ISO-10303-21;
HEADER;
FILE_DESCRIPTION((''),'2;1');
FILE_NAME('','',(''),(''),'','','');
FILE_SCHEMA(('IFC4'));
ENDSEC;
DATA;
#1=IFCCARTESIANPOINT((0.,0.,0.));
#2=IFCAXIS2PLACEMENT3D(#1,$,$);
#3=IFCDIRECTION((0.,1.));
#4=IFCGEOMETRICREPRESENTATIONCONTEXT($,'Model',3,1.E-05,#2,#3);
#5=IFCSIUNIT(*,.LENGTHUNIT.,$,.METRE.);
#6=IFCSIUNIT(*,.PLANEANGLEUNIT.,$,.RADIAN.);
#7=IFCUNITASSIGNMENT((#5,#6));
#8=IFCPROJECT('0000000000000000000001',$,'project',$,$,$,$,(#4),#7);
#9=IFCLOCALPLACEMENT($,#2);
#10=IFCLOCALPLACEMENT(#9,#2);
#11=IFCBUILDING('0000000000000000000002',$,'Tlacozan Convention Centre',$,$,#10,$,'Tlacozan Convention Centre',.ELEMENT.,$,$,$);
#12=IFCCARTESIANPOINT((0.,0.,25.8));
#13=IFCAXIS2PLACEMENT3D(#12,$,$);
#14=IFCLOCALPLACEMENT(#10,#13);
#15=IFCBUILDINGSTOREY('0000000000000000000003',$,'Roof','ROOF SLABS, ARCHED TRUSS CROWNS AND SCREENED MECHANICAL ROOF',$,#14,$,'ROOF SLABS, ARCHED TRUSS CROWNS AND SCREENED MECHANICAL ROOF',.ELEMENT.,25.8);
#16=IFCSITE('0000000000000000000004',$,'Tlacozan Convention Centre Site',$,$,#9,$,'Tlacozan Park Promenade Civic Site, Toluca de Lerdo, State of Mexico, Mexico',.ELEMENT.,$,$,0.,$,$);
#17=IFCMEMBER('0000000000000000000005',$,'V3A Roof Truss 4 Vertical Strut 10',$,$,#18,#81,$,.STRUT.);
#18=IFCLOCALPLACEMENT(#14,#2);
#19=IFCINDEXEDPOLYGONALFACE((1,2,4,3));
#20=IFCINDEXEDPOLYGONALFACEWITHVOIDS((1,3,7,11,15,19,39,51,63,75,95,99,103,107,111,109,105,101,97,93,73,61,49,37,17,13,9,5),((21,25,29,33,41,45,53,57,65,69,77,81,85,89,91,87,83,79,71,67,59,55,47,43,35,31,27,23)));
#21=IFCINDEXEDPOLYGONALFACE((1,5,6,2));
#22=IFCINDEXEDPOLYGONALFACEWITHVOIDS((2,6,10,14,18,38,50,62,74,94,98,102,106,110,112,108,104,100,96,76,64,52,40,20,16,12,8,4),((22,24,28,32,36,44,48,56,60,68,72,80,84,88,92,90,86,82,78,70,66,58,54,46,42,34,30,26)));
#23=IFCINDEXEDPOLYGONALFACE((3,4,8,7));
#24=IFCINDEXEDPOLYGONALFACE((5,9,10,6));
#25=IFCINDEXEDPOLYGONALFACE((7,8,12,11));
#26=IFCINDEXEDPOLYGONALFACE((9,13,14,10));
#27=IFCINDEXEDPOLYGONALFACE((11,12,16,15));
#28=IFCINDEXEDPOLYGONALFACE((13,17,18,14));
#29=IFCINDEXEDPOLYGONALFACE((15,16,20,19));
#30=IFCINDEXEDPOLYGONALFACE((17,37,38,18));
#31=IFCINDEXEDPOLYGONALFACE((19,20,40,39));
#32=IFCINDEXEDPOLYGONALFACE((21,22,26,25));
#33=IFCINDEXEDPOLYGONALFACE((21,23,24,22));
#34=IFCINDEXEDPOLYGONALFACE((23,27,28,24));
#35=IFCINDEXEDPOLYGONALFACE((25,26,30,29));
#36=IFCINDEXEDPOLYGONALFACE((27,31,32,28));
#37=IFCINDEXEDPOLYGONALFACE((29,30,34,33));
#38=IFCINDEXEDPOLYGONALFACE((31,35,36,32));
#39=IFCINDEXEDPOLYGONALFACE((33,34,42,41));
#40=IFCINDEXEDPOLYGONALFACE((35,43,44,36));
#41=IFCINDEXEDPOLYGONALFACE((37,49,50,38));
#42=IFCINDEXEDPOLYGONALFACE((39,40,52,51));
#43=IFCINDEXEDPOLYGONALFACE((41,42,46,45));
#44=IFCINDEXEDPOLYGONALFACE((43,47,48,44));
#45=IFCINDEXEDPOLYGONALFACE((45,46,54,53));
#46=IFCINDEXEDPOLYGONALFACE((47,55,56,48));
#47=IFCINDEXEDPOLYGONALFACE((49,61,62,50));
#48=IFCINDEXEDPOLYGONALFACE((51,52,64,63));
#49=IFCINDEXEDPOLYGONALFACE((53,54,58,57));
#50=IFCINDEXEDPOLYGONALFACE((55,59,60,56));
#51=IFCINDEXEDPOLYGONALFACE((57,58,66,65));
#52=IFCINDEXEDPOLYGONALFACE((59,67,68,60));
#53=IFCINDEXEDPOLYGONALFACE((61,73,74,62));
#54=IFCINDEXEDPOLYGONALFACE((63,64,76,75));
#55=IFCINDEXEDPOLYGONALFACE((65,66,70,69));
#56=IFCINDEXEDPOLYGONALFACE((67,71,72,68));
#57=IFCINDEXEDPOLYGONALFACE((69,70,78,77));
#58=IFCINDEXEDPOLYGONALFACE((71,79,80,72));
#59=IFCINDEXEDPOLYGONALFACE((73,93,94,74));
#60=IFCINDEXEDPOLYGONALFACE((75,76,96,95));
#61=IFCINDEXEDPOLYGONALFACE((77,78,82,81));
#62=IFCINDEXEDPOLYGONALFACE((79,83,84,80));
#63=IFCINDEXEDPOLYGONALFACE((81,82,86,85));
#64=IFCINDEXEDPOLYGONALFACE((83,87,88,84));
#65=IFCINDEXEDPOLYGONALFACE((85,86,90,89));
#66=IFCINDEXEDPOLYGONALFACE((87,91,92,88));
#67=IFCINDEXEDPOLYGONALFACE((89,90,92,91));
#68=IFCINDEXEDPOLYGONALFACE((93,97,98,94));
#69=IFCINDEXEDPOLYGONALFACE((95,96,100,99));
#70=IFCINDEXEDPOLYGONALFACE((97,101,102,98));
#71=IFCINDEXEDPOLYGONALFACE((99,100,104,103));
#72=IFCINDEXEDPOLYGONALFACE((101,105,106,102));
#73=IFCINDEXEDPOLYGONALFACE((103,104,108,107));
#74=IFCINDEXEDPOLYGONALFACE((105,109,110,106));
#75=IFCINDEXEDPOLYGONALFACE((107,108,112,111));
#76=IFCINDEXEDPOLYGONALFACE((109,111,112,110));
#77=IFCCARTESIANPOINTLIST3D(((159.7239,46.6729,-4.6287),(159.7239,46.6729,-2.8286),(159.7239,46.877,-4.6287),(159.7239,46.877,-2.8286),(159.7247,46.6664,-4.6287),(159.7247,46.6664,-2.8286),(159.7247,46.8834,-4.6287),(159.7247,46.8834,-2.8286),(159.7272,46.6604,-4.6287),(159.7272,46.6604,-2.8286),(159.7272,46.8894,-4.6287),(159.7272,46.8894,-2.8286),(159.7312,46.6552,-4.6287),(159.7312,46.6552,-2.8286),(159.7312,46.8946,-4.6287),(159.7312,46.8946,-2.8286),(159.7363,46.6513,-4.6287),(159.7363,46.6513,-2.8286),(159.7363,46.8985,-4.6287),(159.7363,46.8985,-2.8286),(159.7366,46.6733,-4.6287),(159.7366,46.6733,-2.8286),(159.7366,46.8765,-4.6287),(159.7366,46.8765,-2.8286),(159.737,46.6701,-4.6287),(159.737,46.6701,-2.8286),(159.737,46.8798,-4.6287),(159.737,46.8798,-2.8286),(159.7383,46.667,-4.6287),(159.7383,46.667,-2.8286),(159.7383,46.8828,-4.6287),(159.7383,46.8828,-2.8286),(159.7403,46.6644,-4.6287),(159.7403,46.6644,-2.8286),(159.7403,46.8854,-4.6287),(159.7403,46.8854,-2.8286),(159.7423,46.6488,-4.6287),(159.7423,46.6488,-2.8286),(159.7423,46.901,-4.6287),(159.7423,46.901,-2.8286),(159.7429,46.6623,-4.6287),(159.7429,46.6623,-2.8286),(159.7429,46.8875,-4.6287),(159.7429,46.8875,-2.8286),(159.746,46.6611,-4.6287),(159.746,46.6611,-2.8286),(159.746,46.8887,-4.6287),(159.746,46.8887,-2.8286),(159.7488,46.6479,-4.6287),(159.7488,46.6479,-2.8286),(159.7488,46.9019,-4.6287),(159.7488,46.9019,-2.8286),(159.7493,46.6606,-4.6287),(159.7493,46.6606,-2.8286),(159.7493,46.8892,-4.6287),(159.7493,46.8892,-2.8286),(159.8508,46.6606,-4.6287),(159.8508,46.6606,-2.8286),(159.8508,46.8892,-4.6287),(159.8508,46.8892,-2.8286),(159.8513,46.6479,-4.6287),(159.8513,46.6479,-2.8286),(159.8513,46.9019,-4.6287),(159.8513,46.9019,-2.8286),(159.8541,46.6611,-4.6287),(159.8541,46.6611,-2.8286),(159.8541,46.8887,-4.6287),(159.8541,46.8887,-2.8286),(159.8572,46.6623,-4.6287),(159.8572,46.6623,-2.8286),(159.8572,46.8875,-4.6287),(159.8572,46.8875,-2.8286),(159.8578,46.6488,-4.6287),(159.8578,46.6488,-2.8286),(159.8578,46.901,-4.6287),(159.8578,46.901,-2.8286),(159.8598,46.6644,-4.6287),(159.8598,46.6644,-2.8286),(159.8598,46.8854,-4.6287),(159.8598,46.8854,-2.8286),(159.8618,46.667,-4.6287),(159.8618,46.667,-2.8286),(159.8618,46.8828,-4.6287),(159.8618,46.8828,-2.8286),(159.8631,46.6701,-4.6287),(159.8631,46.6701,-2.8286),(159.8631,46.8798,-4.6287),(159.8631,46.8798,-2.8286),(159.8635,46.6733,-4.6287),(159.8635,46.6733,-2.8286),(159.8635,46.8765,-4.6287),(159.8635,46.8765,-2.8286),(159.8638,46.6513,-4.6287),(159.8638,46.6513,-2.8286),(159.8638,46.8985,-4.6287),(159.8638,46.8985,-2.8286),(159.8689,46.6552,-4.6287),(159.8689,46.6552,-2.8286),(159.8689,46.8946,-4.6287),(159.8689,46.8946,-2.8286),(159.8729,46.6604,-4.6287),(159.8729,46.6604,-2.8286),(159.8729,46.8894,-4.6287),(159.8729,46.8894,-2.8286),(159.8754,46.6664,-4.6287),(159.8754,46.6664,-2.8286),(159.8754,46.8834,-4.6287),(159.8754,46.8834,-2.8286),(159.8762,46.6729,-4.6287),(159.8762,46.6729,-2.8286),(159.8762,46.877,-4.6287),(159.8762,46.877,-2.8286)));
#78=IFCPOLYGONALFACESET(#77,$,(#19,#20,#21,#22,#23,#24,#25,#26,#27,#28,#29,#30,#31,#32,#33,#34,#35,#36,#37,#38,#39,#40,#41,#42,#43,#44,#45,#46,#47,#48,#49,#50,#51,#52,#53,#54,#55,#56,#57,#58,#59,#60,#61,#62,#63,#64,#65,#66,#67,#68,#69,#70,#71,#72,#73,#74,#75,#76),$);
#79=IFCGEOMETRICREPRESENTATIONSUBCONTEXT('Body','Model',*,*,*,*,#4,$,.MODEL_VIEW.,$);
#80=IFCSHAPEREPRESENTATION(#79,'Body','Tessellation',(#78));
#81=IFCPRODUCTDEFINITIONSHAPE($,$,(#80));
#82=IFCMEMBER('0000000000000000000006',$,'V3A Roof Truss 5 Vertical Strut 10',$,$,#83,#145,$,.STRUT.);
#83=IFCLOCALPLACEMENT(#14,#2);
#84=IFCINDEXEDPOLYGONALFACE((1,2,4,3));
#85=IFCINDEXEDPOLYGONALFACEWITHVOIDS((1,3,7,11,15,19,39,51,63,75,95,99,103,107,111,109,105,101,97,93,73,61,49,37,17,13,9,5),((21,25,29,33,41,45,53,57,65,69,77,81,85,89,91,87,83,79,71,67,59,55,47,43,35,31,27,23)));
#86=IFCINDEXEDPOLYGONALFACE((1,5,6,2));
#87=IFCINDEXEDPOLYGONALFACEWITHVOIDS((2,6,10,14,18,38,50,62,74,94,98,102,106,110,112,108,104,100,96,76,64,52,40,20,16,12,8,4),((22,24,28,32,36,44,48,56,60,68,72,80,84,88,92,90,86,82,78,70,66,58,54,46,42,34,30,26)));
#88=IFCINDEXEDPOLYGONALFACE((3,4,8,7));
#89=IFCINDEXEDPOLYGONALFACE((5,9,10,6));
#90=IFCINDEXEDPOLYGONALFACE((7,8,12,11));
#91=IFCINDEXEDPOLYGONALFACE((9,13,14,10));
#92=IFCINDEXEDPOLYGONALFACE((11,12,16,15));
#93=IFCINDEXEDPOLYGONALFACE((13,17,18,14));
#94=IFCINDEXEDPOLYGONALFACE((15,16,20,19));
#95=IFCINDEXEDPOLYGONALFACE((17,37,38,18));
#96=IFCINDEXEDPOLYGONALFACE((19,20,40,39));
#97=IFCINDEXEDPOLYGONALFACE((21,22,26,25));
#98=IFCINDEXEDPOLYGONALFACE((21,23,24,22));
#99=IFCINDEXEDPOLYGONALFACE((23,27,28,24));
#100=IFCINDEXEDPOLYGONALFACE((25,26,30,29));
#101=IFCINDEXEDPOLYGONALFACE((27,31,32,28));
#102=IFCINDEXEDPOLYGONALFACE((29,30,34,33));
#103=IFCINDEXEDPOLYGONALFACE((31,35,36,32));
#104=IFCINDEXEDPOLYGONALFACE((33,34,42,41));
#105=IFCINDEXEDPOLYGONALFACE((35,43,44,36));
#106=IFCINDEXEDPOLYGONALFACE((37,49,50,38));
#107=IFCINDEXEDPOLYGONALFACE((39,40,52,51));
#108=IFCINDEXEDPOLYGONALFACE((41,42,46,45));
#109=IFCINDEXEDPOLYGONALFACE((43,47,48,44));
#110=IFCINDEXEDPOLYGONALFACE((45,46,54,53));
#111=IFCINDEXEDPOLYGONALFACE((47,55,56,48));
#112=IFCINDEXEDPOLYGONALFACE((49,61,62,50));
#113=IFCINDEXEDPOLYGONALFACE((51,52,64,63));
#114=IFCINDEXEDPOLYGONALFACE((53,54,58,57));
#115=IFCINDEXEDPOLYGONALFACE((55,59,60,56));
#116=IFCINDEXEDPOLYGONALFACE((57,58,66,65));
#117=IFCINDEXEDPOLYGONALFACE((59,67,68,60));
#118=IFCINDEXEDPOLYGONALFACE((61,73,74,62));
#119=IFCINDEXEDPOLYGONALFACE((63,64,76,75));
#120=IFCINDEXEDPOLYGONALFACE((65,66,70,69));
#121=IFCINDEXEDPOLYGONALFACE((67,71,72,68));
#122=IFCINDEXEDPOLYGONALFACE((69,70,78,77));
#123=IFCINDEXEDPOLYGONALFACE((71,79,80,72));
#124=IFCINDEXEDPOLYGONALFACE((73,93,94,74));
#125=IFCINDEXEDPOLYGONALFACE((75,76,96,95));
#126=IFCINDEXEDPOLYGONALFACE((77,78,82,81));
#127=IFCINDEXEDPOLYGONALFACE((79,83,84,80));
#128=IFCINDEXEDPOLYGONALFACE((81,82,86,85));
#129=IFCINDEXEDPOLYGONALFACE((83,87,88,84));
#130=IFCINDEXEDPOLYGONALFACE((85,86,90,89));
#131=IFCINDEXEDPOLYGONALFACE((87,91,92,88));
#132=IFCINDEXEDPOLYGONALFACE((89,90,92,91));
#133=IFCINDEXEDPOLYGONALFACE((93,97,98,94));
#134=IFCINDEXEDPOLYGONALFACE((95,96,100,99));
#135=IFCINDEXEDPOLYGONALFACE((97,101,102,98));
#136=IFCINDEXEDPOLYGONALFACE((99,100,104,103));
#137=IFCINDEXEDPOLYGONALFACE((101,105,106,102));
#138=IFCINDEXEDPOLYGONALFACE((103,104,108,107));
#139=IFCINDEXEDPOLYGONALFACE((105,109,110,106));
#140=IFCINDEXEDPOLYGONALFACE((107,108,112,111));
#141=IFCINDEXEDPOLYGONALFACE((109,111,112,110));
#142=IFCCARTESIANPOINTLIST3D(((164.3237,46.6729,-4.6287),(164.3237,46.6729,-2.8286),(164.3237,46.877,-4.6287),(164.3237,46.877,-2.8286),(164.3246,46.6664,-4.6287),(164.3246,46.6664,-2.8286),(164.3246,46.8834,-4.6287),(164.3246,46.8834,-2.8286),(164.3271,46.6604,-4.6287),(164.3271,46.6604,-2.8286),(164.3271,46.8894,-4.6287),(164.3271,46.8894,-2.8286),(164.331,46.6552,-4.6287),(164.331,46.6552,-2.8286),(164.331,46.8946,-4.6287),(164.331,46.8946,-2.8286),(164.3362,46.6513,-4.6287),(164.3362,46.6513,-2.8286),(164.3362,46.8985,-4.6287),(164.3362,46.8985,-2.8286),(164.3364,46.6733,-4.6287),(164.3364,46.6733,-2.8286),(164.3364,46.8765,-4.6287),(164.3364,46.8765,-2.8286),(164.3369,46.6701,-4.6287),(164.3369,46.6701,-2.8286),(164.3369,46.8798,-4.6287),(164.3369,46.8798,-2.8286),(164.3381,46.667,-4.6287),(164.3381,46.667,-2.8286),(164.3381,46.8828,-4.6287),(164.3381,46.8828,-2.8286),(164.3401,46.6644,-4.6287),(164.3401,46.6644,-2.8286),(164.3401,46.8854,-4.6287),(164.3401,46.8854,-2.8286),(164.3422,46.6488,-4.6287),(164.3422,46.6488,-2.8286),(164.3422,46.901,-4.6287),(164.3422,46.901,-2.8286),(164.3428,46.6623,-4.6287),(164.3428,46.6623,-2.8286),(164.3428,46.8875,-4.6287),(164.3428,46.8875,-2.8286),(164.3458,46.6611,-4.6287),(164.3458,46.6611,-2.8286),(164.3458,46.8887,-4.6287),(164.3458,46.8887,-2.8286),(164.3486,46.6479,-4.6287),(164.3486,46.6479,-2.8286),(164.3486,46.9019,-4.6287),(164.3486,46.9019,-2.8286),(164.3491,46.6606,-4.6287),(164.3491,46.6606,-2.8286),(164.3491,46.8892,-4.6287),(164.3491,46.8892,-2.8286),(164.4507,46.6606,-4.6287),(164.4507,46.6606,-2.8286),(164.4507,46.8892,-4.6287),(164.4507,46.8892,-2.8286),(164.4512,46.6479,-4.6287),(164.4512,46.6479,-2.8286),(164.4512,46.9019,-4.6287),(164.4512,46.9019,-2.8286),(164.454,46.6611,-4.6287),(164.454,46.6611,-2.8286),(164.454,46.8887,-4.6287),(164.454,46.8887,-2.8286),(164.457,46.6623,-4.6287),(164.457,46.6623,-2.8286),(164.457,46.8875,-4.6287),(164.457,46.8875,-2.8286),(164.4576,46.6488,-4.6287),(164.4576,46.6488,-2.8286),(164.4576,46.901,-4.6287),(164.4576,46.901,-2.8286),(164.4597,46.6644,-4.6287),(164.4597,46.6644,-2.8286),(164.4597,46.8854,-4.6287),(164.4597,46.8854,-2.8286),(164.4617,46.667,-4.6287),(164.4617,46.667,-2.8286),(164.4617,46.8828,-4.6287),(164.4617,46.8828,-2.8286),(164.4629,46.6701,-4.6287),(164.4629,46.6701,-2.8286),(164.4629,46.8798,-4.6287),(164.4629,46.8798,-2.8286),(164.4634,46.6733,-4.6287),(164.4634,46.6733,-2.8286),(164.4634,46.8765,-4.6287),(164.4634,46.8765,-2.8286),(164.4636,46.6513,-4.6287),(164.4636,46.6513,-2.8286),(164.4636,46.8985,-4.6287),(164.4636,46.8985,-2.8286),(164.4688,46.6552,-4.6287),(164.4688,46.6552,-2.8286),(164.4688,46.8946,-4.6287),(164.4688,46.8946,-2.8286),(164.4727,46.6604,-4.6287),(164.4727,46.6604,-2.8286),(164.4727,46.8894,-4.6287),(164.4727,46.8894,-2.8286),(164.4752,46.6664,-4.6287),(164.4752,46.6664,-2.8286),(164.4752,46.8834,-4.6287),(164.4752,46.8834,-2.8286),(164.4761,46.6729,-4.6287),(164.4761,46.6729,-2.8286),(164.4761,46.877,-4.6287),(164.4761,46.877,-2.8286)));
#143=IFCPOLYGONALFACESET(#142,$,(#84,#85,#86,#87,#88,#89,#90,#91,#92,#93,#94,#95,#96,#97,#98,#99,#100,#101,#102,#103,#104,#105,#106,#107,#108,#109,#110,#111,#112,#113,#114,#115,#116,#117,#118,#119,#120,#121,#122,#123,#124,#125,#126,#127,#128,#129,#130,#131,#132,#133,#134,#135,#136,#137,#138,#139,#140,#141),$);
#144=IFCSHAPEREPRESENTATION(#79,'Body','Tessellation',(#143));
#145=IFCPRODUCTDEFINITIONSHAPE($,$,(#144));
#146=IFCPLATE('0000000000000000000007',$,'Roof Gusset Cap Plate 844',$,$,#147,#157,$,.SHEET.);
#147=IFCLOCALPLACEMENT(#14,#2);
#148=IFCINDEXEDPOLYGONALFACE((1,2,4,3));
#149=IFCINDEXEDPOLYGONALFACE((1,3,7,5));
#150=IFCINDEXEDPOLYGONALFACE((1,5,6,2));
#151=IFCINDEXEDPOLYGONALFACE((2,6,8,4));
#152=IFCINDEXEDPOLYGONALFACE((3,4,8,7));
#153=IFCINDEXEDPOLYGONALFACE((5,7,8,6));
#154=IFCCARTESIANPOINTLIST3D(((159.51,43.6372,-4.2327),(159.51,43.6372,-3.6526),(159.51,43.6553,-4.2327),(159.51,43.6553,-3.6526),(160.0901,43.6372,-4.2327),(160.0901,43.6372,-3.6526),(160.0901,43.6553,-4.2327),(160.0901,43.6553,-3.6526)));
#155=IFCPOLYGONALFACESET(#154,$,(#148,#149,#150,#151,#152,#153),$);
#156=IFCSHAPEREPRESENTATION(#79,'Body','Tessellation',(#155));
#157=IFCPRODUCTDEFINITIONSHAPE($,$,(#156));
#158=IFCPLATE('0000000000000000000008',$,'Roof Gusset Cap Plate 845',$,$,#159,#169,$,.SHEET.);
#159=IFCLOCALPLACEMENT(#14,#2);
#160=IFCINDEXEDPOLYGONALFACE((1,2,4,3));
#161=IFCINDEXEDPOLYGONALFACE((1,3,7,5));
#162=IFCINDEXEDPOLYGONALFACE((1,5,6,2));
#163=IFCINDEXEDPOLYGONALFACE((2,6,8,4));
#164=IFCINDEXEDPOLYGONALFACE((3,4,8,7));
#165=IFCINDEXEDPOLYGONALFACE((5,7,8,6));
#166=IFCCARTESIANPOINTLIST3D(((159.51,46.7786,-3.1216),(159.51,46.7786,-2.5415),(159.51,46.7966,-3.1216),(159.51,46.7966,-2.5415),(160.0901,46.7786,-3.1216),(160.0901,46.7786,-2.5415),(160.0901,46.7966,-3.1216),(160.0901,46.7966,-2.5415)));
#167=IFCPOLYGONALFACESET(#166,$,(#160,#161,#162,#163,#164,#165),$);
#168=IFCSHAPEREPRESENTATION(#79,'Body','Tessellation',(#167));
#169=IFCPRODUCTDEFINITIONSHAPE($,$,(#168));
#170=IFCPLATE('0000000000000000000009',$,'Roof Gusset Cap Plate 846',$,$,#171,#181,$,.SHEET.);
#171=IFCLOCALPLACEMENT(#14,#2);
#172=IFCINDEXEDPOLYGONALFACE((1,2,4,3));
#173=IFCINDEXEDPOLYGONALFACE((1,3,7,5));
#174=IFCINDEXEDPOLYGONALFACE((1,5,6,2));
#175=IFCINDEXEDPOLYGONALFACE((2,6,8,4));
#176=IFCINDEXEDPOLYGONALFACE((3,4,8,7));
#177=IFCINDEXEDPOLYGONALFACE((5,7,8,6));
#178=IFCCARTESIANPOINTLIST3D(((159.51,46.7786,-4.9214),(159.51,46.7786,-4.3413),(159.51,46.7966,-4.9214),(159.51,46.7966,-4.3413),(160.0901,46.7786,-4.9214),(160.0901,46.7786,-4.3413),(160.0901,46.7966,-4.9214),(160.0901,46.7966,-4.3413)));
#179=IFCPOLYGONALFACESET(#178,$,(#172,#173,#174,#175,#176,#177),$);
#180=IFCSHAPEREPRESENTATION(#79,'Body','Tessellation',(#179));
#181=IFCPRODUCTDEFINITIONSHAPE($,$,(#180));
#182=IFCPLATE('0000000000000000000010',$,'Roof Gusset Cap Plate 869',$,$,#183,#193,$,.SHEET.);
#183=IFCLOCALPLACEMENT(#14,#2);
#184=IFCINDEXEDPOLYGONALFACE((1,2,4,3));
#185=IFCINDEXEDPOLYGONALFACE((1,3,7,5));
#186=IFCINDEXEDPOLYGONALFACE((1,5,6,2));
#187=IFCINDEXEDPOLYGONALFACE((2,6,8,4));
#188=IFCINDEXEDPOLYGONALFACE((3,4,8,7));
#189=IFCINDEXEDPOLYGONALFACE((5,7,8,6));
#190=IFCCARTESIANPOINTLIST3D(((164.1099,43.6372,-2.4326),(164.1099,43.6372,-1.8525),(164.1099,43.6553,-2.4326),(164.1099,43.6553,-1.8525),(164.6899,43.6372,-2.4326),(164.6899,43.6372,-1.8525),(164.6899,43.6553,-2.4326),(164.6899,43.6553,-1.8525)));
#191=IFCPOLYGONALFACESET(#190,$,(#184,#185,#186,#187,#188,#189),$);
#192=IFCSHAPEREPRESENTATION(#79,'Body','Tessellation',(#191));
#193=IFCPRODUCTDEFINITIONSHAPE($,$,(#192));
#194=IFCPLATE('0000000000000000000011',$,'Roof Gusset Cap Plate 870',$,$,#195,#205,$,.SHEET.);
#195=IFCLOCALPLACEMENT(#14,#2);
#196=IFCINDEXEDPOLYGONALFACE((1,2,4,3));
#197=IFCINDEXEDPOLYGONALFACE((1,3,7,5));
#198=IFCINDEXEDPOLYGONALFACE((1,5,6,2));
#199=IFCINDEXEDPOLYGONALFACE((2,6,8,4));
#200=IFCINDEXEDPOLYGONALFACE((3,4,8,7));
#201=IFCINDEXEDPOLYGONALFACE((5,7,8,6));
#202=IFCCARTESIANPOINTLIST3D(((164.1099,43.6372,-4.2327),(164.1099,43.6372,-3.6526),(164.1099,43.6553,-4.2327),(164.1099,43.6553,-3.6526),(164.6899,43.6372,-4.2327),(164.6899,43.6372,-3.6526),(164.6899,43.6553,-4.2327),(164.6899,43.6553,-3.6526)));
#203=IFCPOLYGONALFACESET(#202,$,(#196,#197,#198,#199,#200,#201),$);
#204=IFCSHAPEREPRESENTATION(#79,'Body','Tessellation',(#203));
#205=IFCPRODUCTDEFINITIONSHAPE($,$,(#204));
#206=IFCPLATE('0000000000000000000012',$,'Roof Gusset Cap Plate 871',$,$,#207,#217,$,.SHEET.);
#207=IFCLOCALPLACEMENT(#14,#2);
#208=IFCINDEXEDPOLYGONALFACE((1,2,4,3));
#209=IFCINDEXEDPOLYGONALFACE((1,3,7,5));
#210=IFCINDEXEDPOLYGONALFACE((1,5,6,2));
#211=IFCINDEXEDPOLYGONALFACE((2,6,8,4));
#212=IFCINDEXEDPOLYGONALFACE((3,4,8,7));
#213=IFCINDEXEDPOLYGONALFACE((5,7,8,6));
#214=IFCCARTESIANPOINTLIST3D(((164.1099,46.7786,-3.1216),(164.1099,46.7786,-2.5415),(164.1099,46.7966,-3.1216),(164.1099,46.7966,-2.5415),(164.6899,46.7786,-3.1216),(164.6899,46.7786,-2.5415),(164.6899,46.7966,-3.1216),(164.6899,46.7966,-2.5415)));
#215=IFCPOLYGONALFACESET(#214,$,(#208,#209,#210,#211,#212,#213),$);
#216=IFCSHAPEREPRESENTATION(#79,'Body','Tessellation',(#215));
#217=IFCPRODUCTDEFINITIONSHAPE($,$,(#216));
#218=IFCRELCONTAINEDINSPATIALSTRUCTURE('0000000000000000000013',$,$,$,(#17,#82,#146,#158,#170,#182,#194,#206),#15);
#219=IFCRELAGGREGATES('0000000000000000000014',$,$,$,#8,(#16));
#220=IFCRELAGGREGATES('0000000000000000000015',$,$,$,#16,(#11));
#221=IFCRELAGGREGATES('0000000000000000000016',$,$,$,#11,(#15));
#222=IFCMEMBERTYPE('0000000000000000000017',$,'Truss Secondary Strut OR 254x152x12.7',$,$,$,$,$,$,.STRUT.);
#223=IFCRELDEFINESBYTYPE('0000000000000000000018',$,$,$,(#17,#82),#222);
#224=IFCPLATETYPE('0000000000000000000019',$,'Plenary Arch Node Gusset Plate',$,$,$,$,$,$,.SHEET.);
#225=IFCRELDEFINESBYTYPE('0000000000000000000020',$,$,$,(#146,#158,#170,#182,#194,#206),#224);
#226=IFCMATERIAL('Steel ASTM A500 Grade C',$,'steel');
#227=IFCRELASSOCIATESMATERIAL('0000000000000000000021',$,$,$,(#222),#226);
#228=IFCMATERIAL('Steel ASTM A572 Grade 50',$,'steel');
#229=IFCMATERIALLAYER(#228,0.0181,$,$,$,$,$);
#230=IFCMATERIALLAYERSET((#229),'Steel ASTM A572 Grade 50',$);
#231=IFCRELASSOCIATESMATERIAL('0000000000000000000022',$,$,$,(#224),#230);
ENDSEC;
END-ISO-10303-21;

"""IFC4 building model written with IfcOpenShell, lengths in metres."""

from ifc_helpers import new_model, si_unit, direction, frame, origin, origin_2d, place, context, subcontext, project, spatial, rectangle, hollow_rectangle, extrude, material, layer, layer_set, material_profile, profile_set, type_object, element, save


model = new_model("IFC4")

# Units and contexts
model_context = context("Model", 3, precision=1e-05, world=origin(), true_north=direction((0.0, 1.0)))
body_context = subcontext(model_context, "Body", "Model", "MODEL_VIEW")
ifc_project = project(units=[si_unit("LENGTHUNIT", "METRE"), si_unit("PLANEANGLEUNIT", "RADIAN")], contexts=[model_context])

# Site, building, storey
site_placement = place(None, origin())
site = spatial("IfcSite", under=ifc_project, at=site_placement, Name="Tlacozan Convention Centre Site", LongName="Tlacozan Park Promenade Civic Site, Toluca de Lerdo, State of Mexico, Mexico", CompositionType="ELEMENT", RefElevation=0.0)
building_placement = place(site_placement, origin())
building = spatial("IfcBuilding", under=site, at=building_placement, Name="Tlacozan Convention Centre", LongName="Tlacozan Convention Centre", CompositionType="ELEMENT")
storey_placement = place(building_placement, frame((0.0, 0.0, 25.8)))
storey = spatial("IfcBuildingStorey", under=building, at=storey_placement, Name="Roof", Description="ROOF SLABS, ARCHED TRUSS CROWNS AND SCREENED MECHANICAL ROOF", LongName="ROOF SLABS, ARCHED TRUSS CROWNS AND SCREENED MECHANICAL ROOF", CompositionType="ELEMENT", Elevation=25.8)

# Members
ifc_material_1 = material(Name="Steel ASTM A500 Grade C", Category="steel")
ifc_material_profile_1 = material_profile(ifc_material_1, hollow_rectangle(XDim=0.1523, YDim=0.2539, WallThickness=0.0127, InnerFilletRadius=0.0127, OuterFilletRadius=0.0249, at=origin_2d()), Name="OR 254x152x12.7")
ifc_profile_set_1 = profile_set([ifc_material_profile_1], Name="Steel ASTM A500 Grade C")
member_type_1 = type_object("IfcMemberType", Name="Truss Secondary Strut OR 254x152x12.7", PredefinedType="STRUT", material=ifc_profile_set_1)
for number, where, z_axis, x_axis, name in (
    (1, (159.8, 46.7749, -4.6287), (0.0, 0.0, 1.0), (1.0, 0.0, 0.0), "V3A Roof Truss 4 Vertical Strut 10"),
    (2, (164.3999, 46.7749, -4.6287), (0.0, 0.0, 1.0), (1.0, 0.0, 0.0), "V3A Roof Truss 5 Vertical Strut 10"),
):
    element("IfcMember", number, at=place(storey_placement, frame(where, z_axis=z_axis, x_axis=x_axis)), inside=storey, type_object=member_type_1, Name=name, PredefinedType="STRUT", context=body_context, shape_type="SweptSolid", body=[
        extrude(hollow_rectangle(XDim=0.1523, YDim=0.2539, WallThickness=0.0127, InnerFilletRadius=0.0127, OuterFilletRadius=0.0249, at=origin_2d()), origin(), (0.0, 0.0, 1.0), 1.8),
    ])

# Plates
ifc_material_2 = material(Name="Steel ASTM A572 Grade 50", Category="steel")
ifc_layer = layer(ifc_material_2, 0.0181)
ifc_layer_set = layer_set([ifc_layer], Name="Steel ASTM A572 Grade 50")
plate_type = type_object("IfcPlateType", Name="Plenary Arch Node Gusset Plate", PredefinedType="SHEET", material=ifc_layer_set)
for number, where, z_axis, x_axis, name in (
    (3, (159.8, 43.6462, -4.2327), (0.0, 0.0, 1.0), (0.0, 1.0, 0.0), "Roof Gusset Cap Plate 844"),
    (4, (159.8, 46.7876, -3.1216), (0.0, 0.0, 1.0), (0.0, 1.0, 0.0), "Roof Gusset Cap Plate 845"),
    (5, (159.8, 46.7876, -4.9214), (0.0, 0.0, 1.0), (0.0, 1.0, 0.0), "Roof Gusset Cap Plate 846"),
    (6, (164.3999, 43.6462, -2.4326), (0.0, 0.0, 1.0), (0.0, 1.0, 0.0), "Roof Gusset Cap Plate 869"),
    (7, (164.3999, 43.6462, -4.2327), (0.0, 0.0, 1.0), (0.0, 1.0, 0.0), "Roof Gusset Cap Plate 870"),
    (8, (164.3999, 46.7876, -3.1216), (0.0, 0.0, 1.0), (0.0, 1.0, 0.0), "Roof Gusset Cap Plate 871"),
):
    element("IfcPlate", number, at=place(storey_placement, frame(where, z_axis=z_axis, x_axis=x_axis)), inside=storey, type_object=plate_type, Name=name, PredefinedType="SHEET", context=body_context, shape_type="SweptSolid", body=[
        extrude(rectangle(XDim=0.0181, YDim=0.5801, at=origin_2d()), origin(), (0.0, 0.0, 1.0), 0.5801),
    ])

save(model, "model.ifc")
